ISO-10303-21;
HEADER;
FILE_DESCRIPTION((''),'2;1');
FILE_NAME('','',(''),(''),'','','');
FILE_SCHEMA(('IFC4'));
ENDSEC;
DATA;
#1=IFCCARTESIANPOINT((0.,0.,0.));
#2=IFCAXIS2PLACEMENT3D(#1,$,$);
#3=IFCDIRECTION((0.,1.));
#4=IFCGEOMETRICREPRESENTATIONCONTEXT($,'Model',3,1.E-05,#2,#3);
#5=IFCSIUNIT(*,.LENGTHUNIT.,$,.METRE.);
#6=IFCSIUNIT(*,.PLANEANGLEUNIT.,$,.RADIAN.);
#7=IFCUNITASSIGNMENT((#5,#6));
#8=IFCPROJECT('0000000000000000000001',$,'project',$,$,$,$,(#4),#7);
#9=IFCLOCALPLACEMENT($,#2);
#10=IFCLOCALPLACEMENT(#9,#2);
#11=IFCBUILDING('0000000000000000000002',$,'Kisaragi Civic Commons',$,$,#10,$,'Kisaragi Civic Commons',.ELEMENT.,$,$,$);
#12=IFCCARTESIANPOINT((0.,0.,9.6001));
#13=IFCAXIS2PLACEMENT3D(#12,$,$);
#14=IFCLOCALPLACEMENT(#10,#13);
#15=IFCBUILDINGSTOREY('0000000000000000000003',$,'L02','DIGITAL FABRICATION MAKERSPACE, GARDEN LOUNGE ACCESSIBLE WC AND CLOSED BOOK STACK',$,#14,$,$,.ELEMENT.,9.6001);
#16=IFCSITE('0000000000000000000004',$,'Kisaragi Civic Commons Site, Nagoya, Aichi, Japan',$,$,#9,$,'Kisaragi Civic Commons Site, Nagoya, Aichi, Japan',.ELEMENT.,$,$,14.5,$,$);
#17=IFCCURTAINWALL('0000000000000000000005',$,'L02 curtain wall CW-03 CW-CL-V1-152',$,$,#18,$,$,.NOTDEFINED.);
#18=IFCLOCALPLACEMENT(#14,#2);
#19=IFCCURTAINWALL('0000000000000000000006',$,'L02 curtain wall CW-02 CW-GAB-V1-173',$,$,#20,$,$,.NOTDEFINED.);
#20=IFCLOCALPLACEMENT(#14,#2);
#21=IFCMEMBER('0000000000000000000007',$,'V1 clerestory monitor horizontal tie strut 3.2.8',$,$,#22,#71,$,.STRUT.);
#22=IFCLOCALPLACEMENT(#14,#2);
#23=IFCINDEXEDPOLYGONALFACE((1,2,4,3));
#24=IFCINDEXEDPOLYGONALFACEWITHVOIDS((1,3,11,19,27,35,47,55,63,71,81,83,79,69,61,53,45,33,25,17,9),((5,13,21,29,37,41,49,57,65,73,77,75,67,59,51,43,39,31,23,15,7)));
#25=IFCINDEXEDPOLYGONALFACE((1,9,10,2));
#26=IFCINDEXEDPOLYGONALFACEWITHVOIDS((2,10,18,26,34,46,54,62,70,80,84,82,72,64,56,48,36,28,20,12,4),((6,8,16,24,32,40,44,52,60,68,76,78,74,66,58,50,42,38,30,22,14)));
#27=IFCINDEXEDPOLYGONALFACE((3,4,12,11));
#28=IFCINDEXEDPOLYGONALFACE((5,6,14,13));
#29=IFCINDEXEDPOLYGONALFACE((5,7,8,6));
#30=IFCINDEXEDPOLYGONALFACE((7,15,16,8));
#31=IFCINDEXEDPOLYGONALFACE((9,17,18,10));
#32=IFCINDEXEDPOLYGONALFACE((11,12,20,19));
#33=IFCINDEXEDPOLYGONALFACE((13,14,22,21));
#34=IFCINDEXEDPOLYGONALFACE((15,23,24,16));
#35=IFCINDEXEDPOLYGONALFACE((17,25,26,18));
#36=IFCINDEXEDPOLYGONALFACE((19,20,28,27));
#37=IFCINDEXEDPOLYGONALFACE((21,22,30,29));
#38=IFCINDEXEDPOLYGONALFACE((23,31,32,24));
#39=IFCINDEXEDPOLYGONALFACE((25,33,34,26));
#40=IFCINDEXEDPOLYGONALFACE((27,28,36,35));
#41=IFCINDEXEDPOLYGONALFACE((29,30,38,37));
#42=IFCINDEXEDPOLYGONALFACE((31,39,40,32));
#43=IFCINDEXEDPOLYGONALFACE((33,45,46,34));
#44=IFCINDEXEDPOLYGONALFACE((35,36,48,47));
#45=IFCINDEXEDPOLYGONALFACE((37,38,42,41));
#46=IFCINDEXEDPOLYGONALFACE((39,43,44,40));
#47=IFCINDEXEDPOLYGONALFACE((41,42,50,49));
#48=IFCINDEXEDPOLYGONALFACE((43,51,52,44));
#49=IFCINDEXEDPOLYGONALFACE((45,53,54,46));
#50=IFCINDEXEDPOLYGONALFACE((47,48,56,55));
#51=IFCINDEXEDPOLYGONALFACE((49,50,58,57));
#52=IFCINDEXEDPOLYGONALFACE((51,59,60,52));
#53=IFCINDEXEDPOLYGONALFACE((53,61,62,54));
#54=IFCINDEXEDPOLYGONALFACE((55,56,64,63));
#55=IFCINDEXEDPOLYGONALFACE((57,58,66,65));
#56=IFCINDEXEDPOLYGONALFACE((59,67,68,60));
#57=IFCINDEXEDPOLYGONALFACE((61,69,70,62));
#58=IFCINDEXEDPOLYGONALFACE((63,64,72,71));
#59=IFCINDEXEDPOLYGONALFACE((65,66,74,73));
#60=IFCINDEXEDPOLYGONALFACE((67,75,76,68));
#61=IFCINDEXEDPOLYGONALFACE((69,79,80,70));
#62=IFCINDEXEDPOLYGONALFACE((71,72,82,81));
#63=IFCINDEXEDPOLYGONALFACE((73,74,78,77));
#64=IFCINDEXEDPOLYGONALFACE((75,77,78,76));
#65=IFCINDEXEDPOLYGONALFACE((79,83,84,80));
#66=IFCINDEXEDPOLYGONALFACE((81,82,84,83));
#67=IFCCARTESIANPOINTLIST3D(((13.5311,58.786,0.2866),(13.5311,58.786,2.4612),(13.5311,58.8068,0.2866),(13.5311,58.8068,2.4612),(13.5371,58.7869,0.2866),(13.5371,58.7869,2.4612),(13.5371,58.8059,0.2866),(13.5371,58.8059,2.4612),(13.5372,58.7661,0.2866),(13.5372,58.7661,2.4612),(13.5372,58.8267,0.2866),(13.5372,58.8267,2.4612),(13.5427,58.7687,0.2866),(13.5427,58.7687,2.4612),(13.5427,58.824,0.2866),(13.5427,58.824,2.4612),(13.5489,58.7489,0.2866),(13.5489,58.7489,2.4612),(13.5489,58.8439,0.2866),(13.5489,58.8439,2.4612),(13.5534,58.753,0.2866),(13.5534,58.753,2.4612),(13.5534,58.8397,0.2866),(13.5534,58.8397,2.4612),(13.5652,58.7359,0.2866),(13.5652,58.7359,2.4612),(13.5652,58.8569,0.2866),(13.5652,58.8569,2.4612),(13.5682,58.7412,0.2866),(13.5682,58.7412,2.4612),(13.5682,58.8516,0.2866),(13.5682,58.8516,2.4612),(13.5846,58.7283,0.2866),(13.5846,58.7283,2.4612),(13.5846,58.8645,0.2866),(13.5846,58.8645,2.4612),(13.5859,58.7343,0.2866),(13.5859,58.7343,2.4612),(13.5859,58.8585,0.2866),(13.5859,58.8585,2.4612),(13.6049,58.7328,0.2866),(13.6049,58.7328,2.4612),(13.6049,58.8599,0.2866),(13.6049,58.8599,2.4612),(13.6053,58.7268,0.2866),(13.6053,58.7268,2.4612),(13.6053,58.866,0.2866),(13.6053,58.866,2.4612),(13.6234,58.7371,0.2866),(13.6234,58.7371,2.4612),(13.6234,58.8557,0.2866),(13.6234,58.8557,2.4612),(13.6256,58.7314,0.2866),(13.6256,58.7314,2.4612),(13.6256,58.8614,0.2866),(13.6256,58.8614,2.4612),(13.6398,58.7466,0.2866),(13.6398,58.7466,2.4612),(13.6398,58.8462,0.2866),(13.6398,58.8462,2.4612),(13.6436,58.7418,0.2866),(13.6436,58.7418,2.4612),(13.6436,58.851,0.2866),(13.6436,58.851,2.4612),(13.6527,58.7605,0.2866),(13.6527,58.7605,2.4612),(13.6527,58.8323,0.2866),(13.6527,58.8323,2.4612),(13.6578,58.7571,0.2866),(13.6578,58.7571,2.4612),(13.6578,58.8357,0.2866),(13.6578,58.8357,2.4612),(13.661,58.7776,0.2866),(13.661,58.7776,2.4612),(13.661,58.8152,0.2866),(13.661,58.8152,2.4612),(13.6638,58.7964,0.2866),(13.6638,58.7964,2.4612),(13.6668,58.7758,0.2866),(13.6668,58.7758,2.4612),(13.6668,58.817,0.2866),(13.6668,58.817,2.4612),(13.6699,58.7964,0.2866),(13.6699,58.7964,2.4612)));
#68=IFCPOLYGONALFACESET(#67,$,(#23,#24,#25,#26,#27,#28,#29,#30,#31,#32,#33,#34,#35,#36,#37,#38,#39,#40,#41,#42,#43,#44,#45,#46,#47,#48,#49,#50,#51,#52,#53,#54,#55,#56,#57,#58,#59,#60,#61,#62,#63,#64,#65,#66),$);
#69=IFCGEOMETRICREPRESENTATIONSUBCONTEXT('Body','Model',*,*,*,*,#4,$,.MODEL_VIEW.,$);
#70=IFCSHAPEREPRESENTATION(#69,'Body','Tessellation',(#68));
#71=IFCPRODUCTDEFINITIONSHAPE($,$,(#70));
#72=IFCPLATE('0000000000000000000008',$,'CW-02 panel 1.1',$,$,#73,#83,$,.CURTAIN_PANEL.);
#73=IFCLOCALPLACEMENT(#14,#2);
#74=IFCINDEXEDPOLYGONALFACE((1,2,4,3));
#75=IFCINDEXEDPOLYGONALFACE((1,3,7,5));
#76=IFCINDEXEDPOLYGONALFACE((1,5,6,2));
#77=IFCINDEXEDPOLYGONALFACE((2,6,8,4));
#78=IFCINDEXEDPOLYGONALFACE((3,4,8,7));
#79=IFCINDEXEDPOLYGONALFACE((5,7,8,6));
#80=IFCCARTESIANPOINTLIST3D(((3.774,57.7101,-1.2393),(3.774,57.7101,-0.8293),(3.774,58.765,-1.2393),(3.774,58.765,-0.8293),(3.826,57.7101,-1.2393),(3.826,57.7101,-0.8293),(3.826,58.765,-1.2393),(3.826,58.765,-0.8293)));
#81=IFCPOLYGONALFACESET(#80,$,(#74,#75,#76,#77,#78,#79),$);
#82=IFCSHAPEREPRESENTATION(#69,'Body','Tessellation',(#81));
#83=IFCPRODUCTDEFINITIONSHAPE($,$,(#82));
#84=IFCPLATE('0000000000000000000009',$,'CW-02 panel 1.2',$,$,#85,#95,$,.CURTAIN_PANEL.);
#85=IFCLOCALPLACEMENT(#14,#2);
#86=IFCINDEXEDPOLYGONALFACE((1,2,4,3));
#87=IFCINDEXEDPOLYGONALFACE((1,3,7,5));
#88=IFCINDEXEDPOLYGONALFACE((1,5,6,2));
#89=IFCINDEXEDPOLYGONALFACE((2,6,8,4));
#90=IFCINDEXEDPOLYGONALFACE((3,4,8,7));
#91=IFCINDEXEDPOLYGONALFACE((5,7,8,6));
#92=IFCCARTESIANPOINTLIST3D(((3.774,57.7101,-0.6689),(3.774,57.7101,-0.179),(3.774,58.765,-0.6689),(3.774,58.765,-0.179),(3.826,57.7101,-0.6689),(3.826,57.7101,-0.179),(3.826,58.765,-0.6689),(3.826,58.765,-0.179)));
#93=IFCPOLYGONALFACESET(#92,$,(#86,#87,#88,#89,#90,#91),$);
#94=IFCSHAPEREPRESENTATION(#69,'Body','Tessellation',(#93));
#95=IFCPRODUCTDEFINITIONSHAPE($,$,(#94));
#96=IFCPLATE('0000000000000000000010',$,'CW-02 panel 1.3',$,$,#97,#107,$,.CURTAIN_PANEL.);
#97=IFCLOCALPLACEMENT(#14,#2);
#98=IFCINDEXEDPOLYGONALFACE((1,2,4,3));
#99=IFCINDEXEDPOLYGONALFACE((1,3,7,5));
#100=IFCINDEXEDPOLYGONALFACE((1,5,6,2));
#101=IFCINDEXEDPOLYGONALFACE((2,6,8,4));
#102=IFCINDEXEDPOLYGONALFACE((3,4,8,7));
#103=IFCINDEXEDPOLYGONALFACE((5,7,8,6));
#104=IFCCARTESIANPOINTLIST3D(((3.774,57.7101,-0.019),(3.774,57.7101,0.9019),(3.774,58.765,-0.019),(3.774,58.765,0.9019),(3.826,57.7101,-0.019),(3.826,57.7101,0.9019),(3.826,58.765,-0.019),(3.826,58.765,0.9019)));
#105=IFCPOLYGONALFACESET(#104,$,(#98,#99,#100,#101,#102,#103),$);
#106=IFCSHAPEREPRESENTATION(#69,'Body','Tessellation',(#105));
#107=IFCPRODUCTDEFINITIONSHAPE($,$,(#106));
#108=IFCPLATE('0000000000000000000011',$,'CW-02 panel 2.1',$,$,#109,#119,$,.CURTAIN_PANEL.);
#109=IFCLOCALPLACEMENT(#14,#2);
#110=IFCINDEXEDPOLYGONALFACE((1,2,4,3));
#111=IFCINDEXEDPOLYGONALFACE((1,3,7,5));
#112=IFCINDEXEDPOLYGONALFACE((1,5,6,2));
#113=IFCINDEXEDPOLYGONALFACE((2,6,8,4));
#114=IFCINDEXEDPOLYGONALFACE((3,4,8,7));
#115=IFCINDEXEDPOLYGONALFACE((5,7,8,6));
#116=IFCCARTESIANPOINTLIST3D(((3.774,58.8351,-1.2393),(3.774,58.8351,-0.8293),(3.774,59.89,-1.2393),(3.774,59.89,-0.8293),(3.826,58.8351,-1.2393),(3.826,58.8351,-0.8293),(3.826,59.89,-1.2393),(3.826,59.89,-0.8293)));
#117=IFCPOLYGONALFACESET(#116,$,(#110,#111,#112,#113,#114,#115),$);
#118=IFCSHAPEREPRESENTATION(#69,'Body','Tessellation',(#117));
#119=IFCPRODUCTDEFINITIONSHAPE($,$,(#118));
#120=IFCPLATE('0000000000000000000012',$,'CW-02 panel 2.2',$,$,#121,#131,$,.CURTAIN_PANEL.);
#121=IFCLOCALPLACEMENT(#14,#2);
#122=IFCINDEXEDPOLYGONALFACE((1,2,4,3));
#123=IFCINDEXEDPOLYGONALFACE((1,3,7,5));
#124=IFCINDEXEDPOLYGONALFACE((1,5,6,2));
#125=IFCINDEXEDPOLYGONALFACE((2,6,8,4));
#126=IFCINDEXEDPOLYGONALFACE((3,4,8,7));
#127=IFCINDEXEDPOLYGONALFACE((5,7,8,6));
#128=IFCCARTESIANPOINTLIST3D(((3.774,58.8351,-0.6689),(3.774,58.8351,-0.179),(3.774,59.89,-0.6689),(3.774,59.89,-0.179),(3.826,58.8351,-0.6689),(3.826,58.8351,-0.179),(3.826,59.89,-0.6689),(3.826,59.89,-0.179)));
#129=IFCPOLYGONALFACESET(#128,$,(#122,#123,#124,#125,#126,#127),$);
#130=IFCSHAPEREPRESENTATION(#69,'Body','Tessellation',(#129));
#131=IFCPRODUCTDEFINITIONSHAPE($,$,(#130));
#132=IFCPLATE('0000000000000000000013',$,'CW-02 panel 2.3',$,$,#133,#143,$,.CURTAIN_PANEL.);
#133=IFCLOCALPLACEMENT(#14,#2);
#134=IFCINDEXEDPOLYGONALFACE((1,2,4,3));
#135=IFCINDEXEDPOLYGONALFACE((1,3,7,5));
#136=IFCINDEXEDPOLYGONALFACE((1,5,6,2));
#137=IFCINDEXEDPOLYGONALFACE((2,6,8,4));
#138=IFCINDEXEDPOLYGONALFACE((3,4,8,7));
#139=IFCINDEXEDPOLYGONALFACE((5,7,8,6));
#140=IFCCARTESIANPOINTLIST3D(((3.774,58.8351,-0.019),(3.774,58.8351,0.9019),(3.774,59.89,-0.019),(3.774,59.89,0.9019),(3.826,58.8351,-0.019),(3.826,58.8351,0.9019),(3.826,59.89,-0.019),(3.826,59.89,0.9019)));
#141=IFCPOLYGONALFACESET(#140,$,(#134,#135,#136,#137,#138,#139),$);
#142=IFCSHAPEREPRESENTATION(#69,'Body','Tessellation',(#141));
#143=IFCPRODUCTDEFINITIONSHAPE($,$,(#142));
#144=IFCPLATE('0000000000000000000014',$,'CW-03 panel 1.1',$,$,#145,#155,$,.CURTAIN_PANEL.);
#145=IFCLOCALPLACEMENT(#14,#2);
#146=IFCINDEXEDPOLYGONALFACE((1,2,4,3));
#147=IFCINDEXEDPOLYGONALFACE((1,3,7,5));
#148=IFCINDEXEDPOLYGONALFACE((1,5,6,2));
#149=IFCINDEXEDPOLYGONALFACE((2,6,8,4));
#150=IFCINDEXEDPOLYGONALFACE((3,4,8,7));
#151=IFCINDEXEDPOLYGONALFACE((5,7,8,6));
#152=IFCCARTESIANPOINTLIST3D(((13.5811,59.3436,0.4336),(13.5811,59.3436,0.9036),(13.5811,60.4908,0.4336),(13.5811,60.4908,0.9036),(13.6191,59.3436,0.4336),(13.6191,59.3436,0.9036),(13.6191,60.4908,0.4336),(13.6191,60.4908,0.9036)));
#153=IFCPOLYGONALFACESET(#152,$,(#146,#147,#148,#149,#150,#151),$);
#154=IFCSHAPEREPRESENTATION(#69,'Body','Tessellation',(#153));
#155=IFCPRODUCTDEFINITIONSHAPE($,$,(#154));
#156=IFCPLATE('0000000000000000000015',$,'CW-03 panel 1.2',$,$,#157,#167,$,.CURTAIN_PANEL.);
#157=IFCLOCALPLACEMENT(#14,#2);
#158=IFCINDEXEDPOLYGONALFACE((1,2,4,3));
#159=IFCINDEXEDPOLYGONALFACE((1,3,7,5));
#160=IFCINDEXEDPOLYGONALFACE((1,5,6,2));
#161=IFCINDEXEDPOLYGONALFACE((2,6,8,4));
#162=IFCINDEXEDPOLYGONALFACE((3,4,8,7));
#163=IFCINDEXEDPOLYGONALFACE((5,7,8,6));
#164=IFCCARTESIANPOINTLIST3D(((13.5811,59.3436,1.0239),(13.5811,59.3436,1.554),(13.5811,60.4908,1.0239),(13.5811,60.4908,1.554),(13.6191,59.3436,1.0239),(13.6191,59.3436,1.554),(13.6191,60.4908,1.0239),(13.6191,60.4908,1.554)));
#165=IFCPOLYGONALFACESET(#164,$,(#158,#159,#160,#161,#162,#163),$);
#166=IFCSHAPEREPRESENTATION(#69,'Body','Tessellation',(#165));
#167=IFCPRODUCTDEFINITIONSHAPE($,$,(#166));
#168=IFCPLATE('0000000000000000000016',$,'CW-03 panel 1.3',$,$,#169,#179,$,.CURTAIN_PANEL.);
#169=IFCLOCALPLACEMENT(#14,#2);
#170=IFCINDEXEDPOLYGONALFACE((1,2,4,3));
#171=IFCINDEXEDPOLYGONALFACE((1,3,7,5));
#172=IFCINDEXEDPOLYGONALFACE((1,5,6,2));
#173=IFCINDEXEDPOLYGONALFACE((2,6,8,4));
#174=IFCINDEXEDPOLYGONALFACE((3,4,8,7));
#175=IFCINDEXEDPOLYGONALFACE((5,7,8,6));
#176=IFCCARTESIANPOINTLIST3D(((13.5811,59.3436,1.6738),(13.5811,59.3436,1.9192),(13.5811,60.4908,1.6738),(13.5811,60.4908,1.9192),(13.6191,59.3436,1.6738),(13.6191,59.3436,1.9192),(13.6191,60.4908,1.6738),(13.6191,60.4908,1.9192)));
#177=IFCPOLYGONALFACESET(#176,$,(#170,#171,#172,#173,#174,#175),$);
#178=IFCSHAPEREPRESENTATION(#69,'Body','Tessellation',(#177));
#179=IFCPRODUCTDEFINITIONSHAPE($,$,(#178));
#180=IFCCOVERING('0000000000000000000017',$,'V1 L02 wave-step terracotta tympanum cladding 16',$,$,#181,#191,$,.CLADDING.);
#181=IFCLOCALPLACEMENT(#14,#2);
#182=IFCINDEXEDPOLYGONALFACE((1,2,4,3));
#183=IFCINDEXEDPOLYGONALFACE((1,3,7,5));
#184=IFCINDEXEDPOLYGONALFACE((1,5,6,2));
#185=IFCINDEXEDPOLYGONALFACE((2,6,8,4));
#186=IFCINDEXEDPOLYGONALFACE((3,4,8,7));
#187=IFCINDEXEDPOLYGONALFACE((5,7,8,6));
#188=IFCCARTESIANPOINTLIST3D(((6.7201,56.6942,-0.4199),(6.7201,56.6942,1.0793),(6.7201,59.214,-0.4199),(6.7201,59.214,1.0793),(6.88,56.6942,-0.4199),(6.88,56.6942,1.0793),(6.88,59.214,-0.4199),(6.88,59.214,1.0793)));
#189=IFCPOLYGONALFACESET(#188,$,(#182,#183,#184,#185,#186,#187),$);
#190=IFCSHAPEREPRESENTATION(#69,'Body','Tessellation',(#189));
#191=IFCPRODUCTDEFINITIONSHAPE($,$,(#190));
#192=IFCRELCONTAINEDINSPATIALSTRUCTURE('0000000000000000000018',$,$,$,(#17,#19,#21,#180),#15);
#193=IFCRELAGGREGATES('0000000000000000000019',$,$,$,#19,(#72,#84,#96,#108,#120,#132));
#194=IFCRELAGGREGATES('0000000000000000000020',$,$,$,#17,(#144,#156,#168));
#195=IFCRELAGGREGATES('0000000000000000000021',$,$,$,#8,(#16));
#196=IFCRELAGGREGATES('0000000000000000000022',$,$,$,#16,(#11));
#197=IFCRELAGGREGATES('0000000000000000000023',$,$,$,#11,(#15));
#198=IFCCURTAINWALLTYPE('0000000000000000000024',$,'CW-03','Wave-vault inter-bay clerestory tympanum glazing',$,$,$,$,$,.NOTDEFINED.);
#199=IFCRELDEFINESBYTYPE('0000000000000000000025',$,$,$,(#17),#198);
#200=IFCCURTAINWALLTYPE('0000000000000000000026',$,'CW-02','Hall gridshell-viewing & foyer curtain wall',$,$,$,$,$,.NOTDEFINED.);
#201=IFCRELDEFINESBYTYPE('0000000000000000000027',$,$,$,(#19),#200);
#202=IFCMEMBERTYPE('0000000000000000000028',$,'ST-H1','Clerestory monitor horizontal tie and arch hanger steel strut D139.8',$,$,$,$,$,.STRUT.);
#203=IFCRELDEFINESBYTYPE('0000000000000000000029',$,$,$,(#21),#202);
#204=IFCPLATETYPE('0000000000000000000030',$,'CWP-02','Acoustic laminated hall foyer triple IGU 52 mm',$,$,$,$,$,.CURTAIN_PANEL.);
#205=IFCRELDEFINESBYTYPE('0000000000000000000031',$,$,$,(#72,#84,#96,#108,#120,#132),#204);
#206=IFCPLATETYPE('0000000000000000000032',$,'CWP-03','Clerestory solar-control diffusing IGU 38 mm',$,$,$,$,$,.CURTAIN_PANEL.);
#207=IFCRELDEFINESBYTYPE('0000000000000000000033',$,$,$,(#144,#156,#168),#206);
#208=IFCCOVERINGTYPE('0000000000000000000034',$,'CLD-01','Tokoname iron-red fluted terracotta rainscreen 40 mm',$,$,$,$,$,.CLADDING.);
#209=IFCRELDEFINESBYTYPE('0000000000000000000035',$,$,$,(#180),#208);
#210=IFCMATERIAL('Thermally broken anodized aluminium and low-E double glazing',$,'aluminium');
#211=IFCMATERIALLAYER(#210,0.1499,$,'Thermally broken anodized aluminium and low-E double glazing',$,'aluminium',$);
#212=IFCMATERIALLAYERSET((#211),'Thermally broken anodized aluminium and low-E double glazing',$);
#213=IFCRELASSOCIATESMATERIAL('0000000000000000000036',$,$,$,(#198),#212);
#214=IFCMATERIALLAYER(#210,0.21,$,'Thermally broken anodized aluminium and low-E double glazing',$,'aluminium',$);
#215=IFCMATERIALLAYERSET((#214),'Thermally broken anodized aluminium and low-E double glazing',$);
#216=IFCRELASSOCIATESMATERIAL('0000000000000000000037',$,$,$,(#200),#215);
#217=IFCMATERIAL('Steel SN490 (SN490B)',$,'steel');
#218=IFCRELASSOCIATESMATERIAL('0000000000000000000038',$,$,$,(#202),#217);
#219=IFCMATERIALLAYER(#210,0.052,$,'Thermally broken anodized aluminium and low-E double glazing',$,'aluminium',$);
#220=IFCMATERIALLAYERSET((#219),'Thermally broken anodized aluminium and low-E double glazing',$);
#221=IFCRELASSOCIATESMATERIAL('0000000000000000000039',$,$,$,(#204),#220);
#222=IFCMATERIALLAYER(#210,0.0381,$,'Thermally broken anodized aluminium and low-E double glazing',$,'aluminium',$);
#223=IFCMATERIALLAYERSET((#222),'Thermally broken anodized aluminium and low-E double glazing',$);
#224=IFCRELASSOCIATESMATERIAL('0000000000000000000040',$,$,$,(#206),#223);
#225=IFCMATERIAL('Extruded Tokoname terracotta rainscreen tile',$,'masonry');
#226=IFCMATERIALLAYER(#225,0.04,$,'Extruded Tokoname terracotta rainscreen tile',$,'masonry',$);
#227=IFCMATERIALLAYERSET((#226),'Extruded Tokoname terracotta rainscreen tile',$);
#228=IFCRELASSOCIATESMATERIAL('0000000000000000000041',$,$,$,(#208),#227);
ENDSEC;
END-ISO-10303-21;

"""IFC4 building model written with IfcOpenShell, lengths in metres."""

from ifc_helpers import new_model, si_unit, direction, frame, origin, origin_2d, place, context, subcontext, project, spatial, rectangle, hollow_circle, extrude, material, layer, layer_set, material_profile, profile_set, type_object, element, aggregate, save


model = new_model("IFC4")

# Units and contexts
model_context = context("Model", 3, precision=1e-05, world=origin(), true_north=direction((0.0, 1.0)))
body_context = subcontext(model_context, "Body", "Model", "MODEL_VIEW")
ifc_project = project(units=[si_unit("LENGTHUNIT", "METRE"), si_unit("PLANEANGLEUNIT", "RADIAN")], contexts=[model_context])

# Site, building, storey
site_placement = place(None, origin())
site = spatial("IfcSite", under=ifc_project, at=site_placement, Name="Kisaragi Civic Commons Site, Nagoya, Aichi, Japan", LongName="Kisaragi Civic Commons Site, Nagoya, Aichi, Japan", CompositionType="ELEMENT", RefElevation=14.5)
building_placement = place(site_placement, origin())
building = spatial("IfcBuilding", under=site, at=building_placement, Name="Kisaragi Civic Commons", LongName="Kisaragi Civic Commons", CompositionType="ELEMENT")
storey_placement = place(building_placement, frame((0.0, 0.0, 9.6001)))
storey = spatial("IfcBuildingStorey", under=building, at=storey_placement, Name="L02", Description="DIGITAL FABRICATION MAKERSPACE, GARDEN LOUNGE ACCESSIBLE WC AND CLOSED BOOK STACK", CompositionType="ELEMENT", Elevation=9.6001)

# Curtain walls
ifc_material_1 = material(Name="Thermally broken anodized aluminium and low-E double glazing", Category="aluminium")
ifc_layer_1 = layer(ifc_material_1, 0.1499, Name="Thermally broken anodized aluminium and low-E double glazing", Category="aluminium")
ifc_layer_set_1 = layer_set([ifc_layer_1], Name="Thermally broken anodized aluminium and low-E double glazing")
curtain_wall_type_1 = type_object("IfcCurtainWallType", Name="CW-03", Description="Wave-vault inter-bay clerestory tympanum glazing", PredefinedType="NOTDEFINED", material=ifc_layer_set_1)
curtain_wall_1_placement = place(storey_placement, origin())
curtain_wall_1 = element("IfcCurtainWall", 1, at=curtain_wall_1_placement, inside=storey, type_object=curtain_wall_type_1, Name="L02 curtain wall CW-03 CW-CL-V1-152", PredefinedType="NOTDEFINED")
ifc_layer_2 = layer(ifc_material_1, 0.21, Name="Thermally broken anodized aluminium and low-E double glazing", Category="aluminium")
ifc_layer_set_2 = layer_set([ifc_layer_2], Name="Thermally broken anodized aluminium and low-E double glazing")
curtain_wall_type_2 = type_object("IfcCurtainWallType", Name="CW-02", Description="Hall gridshell-viewing & foyer curtain wall", PredefinedType="NOTDEFINED", material=ifc_layer_set_2)
curtain_wall_2_placement = place(storey_placement, origin())
curtain_wall_2 = element("IfcCurtainWall", 2, at=curtain_wall_2_placement, inside=storey, type_object=curtain_wall_type_2, Name="L02 curtain wall CW-02 CW-GAB-V1-173", PredefinedType="NOTDEFINED")

# Member
ifc_material_2 = material(Name="Steel SN490 (SN490B)", Category="steel")
ifc_material_profile_1 = material_profile(ifc_material_2, hollow_circle(Radius=0.0698, WallThickness=0.0061, at=origin_2d()), Name="CHS-139.8x6.0", Category="steel")
ifc_profile_set_1 = profile_set([ifc_material_profile_1], Name="Steel SN490 (SN490B)")
member_type_1 = type_object("IfcMemberType", Name="ST-H1", Description="Clerestory monitor horizontal tie and arch hanger steel strut D139.8", PredefinedType="STRUT", material=ifc_profile_set_1)
member_1_placement = place(storey_placement, frame((13.6001, 58.7964, 0.2866), z_axis=(0.0, 0.0, 1.0), x_axis=(1.0, 0.0, 0.0)))
element("IfcMember", 3, at=member_1_placement, inside=storey, type_object=member_type_1, Name="V1 clerestory monitor horizontal tie strut 3.2.8", PredefinedType="STRUT", context=body_context, shape_type="SweptSolid", body=[
    extrude(hollow_circle(Radius=0.0698, WallThickness=0.0061, at=origin_2d()), origin(), (0.0, 0.0, 1.0), 2.1746),
])

# Plates
ifc_layer_3 = layer(ifc_material_1, 0.052, Name="Thermally broken anodized aluminium and low-E double glazing", Category="aluminium")
ifc_layer_set_3 = layer_set([ifc_layer_3], Name="Thermally broken anodized aluminium and low-E double glazing")
plate_type_1 = type_object("IfcPlateType", Name="CWP-02", Description="Acoustic laminated hall foyer triple IGU 52 mm", PredefinedType="CURTAIN_PANEL", material=ifc_layer_set_3)
plate_1_placement = place(storey_placement, frame((3.8, 58.2375, -1.2393), z_axis=(0.0, 0.0, 1.0), x_axis=(0.0, 1.0, 0.0)))
plate_1 = element("IfcPlate", 4, at=plate_1_placement, type_object=plate_type_1, Name="CW-02 panel 1.1", PredefinedType="CURTAIN_PANEL", context=body_context, shape_type="SweptSolid", body=[
    extrude(rectangle(XDim=1.0549, YDim=0.052, at=origin_2d()), origin(), (0.0, 0.0, 1.0), 0.4099),
])
plate_2_placement = place(storey_placement, frame((3.8, 58.2375, -0.6689), z_axis=(0.0, 0.0, 1.0), x_axis=(0.0, 1.0, 0.0)))
plate_2 = element("IfcPlate", 5, at=plate_2_placement, type_object=plate_type_1, Name="CW-02 panel 1.2", PredefinedType="CURTAIN_PANEL", context=body_context, shape_type="SweptSolid", body=[
    extrude(rectangle(XDim=1.0549, YDim=0.052, at=origin_2d()), origin(), (0.0, 0.0, 1.0), 0.49),
])
plate_3_placement = place(storey_placement, frame((3.8, 58.2375, -0.019), z_axis=(0.0, 0.0, 1.0), x_axis=(0.0, 1.0, 0.0)))
plate_3 = element("IfcPlate", 6, at=plate_3_placement, type_object=plate_type_1, Name="CW-02 panel 1.3", PredefinedType="CURTAIN_PANEL", context=body_context, shape_type="SweptSolid", body=[
    extrude(rectangle(XDim=1.0549, YDim=0.052, at=origin_2d()), origin(), (0.0, 0.0, 1.0), 0.9209),
])
plate_4_placement = place(storey_placement, frame((3.8, 59.3625, -1.2393), z_axis=(0.0, 0.0, 1.0), x_axis=(0.0, 1.0, 0.0)))
plate_4 = element("IfcPlate", 7, at=plate_4_placement, type_object=plate_type_1, Name="CW-02 panel 2.1", PredefinedType="CURTAIN_PANEL", context=body_context, shape_type="SweptSolid", body=[
    extrude(rectangle(XDim=1.0549, YDim=0.052, at=origin_2d()), origin(), (0.0, 0.0, 1.0), 0.4099),
])
plate_5_placement = place(storey_placement, frame((3.8, 59.3625, -0.6689), z_axis=(0.0, 0.0, 1.0), x_axis=(0.0, 1.0, 0.0)))
plate_5 = element("IfcPlate", 8, at=plate_5_placement, type_object=plate_type_1, Name="CW-02 panel 2.2", PredefinedType="CURTAIN_PANEL", context=body_context, shape_type="SweptSolid", body=[
    extrude(rectangle(XDim=1.0549, YDim=0.052, at=origin_2d()), origin(), (0.0, 0.0, 1.0), 0.49),
])
plate_6_placement = place(storey_placement, frame((3.8, 59.3625, -0.019), z_axis=(0.0, 0.0, 1.0), x_axis=(0.0, 1.0, 0.0)))
plate_6 = element("IfcPlate", 9, at=plate_6_placement, type_object=plate_type_1, Name="CW-02 panel 2.3", PredefinedType="CURTAIN_PANEL", context=body_context, shape_type="SweptSolid", body=[
    extrude(rectangle(XDim=1.0549, YDim=0.052, at=origin_2d()), origin(), (0.0, 0.0, 1.0), 0.9209),
])
aggregate(curtain_wall_2, [plate_1, plate_2, plate_3, plate_4, plate_5, plate_6])
ifc_layer_4 = layer(ifc_material_1, 0.0381, Name="Thermally broken anodized aluminium and low-E double glazing", Category="aluminium")
ifc_layer_set_4 = layer_set([ifc_layer_4], Name="Thermally broken anodized aluminium and low-E double glazing")
plate_type_2 = type_object("IfcPlateType", Name="CWP-03", Description="Clerestory solar-control diffusing IGU 38 mm", PredefinedType="CURTAIN_PANEL", material=ifc_layer_set_4)
plate_7_placement = place(storey_placement, frame((13.6001, 59.9172, 0.4336), z_axis=(0.0, 0.0, 1.0), x_axis=(0.0, 1.0, 0.0)))
plate_7 = element("IfcPlate", 10, at=plate_7_placement, type_object=plate_type_2, Name="CW-03 panel 1.1", PredefinedType="CURTAIN_PANEL", context=body_context, shape_type="SweptSolid", body=[
    extrude(rectangle(XDim=1.1472, YDim=0.0381, at=origin_2d()), origin(), (0.0, 0.0, 1.0), 0.47),
])
plate_8_placement = place(storey_placement, frame((13.6001, 59.9172, 1.0239), z_axis=(0.0, 0.0, 1.0), x_axis=(0.0, 1.0, 0.0)))
plate_8 = element("IfcPlate", 11, at=plate_8_placement, type_object=plate_type_2, Name="CW-03 panel 1.2", PredefinedType="CURTAIN_PANEL", context=body_context, shape_type="SweptSolid", body=[
    extrude(rectangle(XDim=1.1472, YDim=0.0381, at=origin_2d()), origin(), (0.0, 0.0, 1.0), 0.53),
])
plate_9_placement = place(storey_placement, frame((13.6001, 59.9172, 1.6738), z_axis=(0.0, 0.0, 1.0), x_axis=(0.0, 1.0, 0.0)))
plate_9 = element("IfcPlate", 12, at=plate_9_placement, type_object=plate_type_2, Name="CW-03 panel 1.3", PredefinedType="CURTAIN_PANEL", context=body_context, shape_type="SweptSolid", body=[
    extrude(rectangle(XDim=1.1472, YDim=0.0381, at=origin_2d()), origin(), (0.0, 0.0, 1.0), 0.2454),
])
aggregate(curtain_wall_1, [plate_7, plate_8, plate_9])

# Covering
ifc_material_3 = material(Name="Extruded Tokoname terracotta rainscreen tile", Category="masonry")
ifc_layer_5 = layer(ifc_material_3, 0.04, Name="Extruded Tokoname terracotta rainscreen tile", Category="masonry")
ifc_layer_set_5 = layer_set([ifc_layer_5], Name="Extruded Tokoname terracotta rainscreen tile")
covering_type = type_object("IfcCoveringType", Name="CLD-01", Description="Tokoname iron-red fluted terracotta rainscreen 40 mm", PredefinedType="CLADDING", material=ifc_layer_set_5)
covering_placement = place(storey_placement, frame((6.8, 57.9541, -0.4199), z_axis=(0.0, 0.0, 1.0), x_axis=(0.0, 1.0, 0.0)))
element("IfcCovering", 13, at=covering_placement, inside=storey, type_object=covering_type, Name="V1 L02 wave-step terracotta tympanum cladding 16", PredefinedType="CLADDING", context=body_context, shape_type="SweptSolid", body=[
    extrude(rectangle(XDim=2.5198, YDim=0.1599, at=origin_2d()), origin(), (0.0, 0.0, 1.0), 1.4993),
])

save(model, "model.ifc")
